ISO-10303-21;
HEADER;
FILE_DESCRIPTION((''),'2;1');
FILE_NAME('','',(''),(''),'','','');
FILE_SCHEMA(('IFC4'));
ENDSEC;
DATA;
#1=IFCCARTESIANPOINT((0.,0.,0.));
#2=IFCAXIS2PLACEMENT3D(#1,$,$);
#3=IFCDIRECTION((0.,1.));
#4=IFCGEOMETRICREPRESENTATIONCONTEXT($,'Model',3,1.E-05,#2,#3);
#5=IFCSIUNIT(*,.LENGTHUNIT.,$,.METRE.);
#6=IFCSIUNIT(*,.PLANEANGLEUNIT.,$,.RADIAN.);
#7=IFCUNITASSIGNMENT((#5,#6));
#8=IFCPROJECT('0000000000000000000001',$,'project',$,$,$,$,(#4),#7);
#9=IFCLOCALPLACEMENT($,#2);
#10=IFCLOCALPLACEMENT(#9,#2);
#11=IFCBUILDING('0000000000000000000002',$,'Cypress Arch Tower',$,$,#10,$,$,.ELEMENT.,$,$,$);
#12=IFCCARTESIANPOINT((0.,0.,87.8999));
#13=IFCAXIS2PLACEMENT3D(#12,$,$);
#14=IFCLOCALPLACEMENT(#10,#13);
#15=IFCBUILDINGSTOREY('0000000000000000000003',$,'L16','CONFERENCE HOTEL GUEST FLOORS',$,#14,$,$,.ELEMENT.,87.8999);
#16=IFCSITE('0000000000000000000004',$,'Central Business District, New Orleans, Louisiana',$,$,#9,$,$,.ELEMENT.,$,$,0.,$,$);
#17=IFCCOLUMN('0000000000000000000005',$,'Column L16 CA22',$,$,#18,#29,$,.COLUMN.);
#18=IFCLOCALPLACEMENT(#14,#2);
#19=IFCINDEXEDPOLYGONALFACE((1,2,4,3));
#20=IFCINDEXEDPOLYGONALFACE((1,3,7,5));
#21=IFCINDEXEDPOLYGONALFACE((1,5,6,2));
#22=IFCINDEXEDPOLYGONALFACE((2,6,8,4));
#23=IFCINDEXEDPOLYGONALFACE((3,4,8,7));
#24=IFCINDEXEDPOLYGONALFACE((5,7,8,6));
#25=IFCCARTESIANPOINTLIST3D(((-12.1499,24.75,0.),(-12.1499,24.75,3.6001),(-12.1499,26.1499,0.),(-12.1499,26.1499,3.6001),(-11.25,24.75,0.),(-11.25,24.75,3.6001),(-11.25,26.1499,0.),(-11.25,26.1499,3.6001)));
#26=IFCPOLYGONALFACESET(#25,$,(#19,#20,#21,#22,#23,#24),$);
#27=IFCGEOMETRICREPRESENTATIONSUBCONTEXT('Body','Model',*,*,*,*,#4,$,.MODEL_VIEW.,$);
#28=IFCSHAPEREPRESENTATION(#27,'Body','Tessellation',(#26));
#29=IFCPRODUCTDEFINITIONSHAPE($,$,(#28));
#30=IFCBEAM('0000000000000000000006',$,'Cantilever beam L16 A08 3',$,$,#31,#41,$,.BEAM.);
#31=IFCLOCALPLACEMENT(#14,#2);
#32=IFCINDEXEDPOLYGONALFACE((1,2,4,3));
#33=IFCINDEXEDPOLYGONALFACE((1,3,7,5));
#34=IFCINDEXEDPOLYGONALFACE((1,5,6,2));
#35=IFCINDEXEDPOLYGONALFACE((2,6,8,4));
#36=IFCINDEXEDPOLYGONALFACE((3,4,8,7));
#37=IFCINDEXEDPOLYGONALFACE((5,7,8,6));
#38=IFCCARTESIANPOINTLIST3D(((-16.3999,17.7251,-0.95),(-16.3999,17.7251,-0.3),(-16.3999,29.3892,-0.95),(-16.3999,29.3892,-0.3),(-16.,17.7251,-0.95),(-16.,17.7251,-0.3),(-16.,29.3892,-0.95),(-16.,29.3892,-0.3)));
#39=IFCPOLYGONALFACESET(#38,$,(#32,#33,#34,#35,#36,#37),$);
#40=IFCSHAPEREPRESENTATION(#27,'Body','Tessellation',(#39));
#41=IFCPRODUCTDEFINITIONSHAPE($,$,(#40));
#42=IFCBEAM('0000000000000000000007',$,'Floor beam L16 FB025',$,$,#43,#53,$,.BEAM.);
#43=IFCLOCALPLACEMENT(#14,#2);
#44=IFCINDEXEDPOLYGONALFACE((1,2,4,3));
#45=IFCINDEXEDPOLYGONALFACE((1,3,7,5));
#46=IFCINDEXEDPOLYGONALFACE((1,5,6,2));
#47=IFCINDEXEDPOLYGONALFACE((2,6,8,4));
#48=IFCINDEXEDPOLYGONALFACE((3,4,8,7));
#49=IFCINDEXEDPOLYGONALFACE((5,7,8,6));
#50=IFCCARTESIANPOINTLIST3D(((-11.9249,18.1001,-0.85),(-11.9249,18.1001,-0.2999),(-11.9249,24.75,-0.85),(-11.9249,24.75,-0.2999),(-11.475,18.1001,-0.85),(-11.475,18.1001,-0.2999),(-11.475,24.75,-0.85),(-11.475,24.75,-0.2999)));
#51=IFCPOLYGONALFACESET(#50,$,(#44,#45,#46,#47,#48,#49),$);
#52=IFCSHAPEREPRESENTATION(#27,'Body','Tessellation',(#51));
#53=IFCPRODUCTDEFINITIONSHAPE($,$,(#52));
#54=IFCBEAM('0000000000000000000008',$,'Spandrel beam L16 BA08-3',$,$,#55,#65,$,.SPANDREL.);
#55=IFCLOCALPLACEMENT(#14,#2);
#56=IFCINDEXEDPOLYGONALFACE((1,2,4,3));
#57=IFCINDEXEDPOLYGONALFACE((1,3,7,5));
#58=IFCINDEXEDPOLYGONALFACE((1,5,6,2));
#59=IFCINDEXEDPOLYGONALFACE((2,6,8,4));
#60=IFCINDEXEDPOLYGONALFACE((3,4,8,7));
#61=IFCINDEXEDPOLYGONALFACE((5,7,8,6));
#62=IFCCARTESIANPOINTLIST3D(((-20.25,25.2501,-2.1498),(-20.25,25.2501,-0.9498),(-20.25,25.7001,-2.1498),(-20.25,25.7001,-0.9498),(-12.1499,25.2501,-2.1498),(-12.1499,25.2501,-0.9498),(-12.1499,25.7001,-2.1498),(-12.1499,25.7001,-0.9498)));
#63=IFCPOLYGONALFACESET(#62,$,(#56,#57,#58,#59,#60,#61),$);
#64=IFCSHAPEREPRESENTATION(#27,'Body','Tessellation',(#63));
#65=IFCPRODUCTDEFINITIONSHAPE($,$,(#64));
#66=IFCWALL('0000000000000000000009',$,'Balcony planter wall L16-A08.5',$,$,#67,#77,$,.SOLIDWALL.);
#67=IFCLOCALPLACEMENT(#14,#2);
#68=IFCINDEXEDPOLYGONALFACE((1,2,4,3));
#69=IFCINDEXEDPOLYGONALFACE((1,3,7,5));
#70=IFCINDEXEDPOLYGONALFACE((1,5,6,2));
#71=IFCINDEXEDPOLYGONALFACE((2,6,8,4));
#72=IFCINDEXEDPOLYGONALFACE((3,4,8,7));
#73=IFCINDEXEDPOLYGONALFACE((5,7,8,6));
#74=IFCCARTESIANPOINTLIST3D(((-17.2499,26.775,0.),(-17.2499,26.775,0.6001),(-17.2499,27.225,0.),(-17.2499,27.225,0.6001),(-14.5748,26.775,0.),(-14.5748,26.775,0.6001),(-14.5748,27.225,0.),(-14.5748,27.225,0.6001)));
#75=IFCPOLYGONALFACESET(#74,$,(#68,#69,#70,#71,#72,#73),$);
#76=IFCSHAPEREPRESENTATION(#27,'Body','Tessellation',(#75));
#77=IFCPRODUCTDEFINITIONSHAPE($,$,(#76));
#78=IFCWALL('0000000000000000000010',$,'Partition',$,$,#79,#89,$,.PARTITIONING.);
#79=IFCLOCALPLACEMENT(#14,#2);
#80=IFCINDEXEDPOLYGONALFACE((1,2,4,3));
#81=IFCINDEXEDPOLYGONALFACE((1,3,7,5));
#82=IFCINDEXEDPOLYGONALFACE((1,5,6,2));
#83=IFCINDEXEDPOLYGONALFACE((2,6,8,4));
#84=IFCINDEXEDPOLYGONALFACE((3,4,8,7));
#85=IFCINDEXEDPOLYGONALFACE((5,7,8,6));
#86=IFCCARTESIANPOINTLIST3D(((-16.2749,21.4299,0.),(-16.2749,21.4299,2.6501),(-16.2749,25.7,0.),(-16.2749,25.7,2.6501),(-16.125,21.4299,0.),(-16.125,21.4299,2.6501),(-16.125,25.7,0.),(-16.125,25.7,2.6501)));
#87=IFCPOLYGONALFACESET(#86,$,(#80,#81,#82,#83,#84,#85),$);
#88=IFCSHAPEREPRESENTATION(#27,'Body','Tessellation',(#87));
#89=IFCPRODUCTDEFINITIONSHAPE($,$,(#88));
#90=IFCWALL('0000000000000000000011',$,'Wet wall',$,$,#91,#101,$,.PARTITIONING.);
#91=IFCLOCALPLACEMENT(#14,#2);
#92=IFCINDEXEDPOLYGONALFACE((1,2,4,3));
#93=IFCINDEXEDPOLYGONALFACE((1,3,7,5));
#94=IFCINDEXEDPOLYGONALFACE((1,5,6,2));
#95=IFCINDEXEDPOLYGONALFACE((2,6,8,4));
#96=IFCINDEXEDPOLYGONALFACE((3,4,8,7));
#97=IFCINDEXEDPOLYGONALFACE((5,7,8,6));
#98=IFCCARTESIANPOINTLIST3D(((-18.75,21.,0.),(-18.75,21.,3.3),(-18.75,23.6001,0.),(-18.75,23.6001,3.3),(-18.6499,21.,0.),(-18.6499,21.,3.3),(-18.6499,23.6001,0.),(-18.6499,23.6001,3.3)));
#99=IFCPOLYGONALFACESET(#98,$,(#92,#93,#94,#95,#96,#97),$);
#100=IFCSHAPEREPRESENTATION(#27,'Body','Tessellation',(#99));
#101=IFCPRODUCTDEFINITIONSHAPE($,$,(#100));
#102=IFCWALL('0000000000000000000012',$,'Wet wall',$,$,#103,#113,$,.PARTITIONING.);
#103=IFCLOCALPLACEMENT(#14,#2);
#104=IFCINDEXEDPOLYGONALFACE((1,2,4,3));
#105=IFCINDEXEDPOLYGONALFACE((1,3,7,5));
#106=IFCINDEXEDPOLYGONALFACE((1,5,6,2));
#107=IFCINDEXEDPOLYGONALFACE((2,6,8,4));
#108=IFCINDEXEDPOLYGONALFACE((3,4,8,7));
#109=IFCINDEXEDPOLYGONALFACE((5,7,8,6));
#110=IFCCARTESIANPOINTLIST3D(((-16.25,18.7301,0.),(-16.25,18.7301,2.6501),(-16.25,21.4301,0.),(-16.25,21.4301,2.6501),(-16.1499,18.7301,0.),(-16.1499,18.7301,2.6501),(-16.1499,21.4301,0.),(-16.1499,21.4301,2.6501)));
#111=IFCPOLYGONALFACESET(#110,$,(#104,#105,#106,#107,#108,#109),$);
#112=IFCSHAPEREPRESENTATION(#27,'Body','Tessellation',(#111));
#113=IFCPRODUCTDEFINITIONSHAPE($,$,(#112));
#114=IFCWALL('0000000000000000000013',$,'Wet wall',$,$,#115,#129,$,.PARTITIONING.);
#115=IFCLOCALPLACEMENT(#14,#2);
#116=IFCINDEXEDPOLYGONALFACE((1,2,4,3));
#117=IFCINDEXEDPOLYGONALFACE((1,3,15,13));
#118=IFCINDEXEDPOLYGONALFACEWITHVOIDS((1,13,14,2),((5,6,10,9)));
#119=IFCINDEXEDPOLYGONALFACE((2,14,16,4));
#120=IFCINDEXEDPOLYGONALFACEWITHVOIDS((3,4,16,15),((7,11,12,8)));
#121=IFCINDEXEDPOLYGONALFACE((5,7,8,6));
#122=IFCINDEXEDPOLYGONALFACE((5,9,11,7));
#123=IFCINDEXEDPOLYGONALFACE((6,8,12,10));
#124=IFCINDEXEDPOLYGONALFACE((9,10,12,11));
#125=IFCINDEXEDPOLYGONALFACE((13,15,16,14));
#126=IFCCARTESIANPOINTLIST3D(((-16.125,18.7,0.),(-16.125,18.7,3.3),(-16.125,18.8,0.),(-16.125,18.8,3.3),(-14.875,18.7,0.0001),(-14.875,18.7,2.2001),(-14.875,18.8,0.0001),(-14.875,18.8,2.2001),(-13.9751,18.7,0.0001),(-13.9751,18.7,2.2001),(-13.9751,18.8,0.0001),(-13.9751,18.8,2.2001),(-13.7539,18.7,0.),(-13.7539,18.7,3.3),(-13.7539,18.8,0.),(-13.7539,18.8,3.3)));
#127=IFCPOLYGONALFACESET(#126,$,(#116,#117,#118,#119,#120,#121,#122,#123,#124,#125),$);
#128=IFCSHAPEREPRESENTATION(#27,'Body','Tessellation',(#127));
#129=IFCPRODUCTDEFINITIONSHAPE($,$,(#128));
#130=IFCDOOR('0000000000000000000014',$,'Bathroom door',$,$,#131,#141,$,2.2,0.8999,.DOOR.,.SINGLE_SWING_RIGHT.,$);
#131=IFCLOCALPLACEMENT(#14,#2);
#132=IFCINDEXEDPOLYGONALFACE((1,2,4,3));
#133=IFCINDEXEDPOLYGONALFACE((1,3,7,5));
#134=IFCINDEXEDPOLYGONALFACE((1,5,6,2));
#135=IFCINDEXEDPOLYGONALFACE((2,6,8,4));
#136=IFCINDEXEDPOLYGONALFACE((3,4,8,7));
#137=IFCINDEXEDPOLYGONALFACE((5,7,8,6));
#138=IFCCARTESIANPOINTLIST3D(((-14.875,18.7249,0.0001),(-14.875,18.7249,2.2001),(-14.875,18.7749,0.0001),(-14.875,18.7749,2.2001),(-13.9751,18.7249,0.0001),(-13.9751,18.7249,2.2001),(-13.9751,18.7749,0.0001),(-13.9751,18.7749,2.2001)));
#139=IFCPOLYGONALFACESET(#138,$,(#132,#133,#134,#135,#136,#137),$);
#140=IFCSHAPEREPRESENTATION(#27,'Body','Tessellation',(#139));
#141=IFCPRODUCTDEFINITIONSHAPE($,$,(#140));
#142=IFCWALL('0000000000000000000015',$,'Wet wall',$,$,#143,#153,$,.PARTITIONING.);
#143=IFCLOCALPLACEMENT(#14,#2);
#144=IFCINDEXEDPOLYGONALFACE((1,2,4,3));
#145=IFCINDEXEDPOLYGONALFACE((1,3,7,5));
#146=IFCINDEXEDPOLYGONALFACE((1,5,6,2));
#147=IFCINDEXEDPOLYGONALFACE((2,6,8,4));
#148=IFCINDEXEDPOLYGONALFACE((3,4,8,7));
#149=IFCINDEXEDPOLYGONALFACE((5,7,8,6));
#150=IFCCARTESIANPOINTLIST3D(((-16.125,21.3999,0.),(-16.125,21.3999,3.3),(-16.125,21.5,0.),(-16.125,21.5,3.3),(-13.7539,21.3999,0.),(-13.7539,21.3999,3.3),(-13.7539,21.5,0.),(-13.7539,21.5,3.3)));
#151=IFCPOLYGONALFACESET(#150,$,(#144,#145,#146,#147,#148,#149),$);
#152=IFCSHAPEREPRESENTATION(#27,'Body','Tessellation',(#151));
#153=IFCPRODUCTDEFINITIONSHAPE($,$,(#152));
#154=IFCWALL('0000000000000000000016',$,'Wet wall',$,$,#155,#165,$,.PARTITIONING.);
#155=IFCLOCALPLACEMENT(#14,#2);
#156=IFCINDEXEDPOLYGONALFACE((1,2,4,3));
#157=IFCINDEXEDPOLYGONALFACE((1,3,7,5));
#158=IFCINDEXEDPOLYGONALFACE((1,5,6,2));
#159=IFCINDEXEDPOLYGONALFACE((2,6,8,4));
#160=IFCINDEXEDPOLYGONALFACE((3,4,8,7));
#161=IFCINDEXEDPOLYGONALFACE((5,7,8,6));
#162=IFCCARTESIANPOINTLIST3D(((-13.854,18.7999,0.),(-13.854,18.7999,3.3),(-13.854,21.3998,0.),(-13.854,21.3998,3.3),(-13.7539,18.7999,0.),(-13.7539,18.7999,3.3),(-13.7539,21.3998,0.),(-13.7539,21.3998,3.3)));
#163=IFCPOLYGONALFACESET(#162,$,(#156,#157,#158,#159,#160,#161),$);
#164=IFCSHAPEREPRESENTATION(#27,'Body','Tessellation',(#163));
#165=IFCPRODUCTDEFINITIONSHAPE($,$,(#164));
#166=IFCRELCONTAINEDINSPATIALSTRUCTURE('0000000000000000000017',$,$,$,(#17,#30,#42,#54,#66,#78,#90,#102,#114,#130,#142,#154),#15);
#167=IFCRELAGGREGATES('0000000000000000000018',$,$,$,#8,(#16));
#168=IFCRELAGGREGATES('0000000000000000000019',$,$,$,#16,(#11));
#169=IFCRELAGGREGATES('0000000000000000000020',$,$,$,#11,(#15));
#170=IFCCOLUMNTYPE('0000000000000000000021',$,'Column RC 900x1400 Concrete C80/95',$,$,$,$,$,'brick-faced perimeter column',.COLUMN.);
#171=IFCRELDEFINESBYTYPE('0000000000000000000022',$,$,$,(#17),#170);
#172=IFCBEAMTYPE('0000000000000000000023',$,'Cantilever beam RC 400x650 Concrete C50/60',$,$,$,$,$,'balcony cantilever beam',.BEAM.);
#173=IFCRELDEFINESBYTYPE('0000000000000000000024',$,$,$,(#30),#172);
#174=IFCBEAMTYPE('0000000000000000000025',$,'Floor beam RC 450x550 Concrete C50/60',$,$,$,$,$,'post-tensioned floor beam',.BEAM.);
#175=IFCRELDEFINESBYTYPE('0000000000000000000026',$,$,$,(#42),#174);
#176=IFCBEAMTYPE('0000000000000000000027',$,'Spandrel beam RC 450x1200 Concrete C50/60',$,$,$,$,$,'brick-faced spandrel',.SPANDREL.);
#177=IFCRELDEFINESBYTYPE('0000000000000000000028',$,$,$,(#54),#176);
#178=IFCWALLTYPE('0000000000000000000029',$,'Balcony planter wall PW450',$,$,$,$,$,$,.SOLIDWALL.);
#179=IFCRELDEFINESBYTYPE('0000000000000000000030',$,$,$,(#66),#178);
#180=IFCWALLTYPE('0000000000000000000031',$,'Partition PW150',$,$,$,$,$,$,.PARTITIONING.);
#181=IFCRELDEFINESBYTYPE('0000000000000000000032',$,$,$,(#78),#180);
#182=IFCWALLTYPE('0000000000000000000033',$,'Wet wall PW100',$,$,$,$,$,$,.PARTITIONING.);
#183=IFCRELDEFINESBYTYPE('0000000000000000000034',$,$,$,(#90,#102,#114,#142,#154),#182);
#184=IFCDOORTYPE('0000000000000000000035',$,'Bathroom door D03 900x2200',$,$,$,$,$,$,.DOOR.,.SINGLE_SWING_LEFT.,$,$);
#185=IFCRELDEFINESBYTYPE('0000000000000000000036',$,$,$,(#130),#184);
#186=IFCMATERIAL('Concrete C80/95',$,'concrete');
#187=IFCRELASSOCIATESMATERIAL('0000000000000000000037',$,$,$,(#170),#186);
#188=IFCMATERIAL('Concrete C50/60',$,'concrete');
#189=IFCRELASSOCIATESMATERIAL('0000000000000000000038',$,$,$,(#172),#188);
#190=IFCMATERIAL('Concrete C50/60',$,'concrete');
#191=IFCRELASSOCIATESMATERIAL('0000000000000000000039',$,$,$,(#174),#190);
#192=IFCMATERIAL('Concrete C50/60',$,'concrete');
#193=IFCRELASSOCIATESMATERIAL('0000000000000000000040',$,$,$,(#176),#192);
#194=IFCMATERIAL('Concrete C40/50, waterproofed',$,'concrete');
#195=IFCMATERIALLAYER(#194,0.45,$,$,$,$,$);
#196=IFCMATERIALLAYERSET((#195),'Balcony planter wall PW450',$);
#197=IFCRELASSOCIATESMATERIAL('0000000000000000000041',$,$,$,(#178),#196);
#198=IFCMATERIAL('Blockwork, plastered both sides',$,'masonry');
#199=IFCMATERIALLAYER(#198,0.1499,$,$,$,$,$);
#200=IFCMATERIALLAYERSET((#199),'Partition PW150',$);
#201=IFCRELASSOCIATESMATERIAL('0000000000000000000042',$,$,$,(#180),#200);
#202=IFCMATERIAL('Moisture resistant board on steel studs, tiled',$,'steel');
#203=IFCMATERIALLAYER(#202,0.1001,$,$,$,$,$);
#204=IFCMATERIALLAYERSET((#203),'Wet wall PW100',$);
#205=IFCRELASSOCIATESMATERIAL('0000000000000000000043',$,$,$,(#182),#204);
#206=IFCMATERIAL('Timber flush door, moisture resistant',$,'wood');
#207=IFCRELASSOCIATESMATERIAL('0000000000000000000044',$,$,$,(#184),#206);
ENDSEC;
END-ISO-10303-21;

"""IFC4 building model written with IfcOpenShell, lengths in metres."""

from ifc_helpers import new_model, si_unit, direction, frame, frame_2d, origin, origin_2d, place, context, subcontext, project, spatial, rectangle, extrude, material, layer, layer_set, material_profile, profile_set, type_object, element, fill, save


model = new_model("IFC4")

# Units and contexts
model_context = context("Model", 3, precision=1e-05, world=origin(), true_north=direction((0.0, 1.0)))
body_context = subcontext(model_context, "Body", "Model", "MODEL_VIEW")
ifc_project = project(units=[si_unit("LENGTHUNIT", "METRE"), si_unit("PLANEANGLEUNIT", "RADIAN")], contexts=[model_context])

# Site, building, storey
site_placement = place(None, origin())
site = spatial("IfcSite", under=ifc_project, at=site_placement, Name="Central Business District, New Orleans, Louisiana", CompositionType="ELEMENT", RefElevation=0.0)
building_placement = place(site_placement, origin())
building = spatial("IfcBuilding", under=site, at=building_placement, Name="Cypress Arch Tower", CompositionType="ELEMENT")
storey_placement = place(building_placement, frame((0.0, 0.0, 87.8999)))
storey = spatial("IfcBuildingStorey", under=building, at=storey_placement, Name="L16", Description="CONFERENCE HOTEL GUEST FLOORS", CompositionType="ELEMENT", Elevation=87.8999)

# Column
ifc_material_1 = material(Name="Concrete C80/95", Category="concrete")
ifc_material_profile_1 = material_profile(ifc_material_1, rectangle(XDim=0.8999, YDim=1.3999, at=origin_2d()), Name="RC 900x1400")
ifc_profile_set_1 = profile_set([ifc_material_profile_1], Name="Concrete C80/95")
column_type = type_object("IfcColumnType", Name="Column RC 900x1400 Concrete C80/95", ElementType="brick-faced perimeter column", PredefinedType="COLUMN", material=ifc_profile_set_1)
column_placement = place(storey_placement, frame((-11.7, 25.45, 0.0), z_axis=(0.0, 0.0, 1.0), x_axis=(-1.0, 0.0, 0.0)))
element("IfcColumn", 1, at=column_placement, inside=storey, type_object=column_type, Name="Column L16 CA22", PredefinedType="COLUMN", context=body_context, shape_type="SweptSolid", body=[
    extrude(rectangle(XDim=0.8999, YDim=1.3999, at=origin_2d()), origin(), (0.0, 0.0, 1.0), 3.6001),
])

# Beams
ifc_material_2 = material(Name="Concrete C50/60", Category="concrete")
ifc_material_profile_2 = material_profile(ifc_material_2, rectangle(XDim=0.3999, YDim=0.6499, at=origin_2d()), Name="RC 400x650")
ifc_profile_set_2 = profile_set([ifc_material_profile_2], Name="Concrete C50/60")
beam_type_1 = type_object("IfcBeamType", Name="Cantilever beam RC 400x650 Concrete C50/60", ElementType="balcony cantilever beam", PredefinedType="BEAM", material=ifc_profile_set_2)
beam_1_placement = place(storey_placement, frame((-16.2, 17.7251, -0.625), z_axis=(0.0, 1.0, 0.0), x_axis=(-1.0, 0.0, 0.0)))
element("IfcBeam", 2, at=beam_1_placement, inside=storey, type_object=beam_type_1, Name="Cantilever beam L16 A08 3", PredefinedType="BEAM", context=body_context, shape_type="SweptSolid", body=[
    extrude(rectangle(XDim=0.3999, YDim=0.6499, at=origin_2d()), origin(), (0.0, 0.0, 1.0), 11.6641),
])
ifc_material_3 = material(Name="Concrete C50/60", Category="concrete")
ifc_material_profile_3 = material_profile(ifc_material_3, rectangle(XDim=0.45, YDim=0.55, at=origin_2d()), Name="RC 450x550")
ifc_profile_set_3 = profile_set([ifc_material_profile_3], Name="Concrete C50/60")
beam_type_2 = type_object("IfcBeamType", Name="Floor beam RC 450x550 Concrete C50/60", ElementType="post-tensioned floor beam", PredefinedType="BEAM", material=ifc_profile_set_3)
beam_2_placement = place(storey_placement, frame((-11.7, 18.1001, -0.575), z_axis=(0.0, 1.0, 0.0), x_axis=(-1.0, 0.0, 0.0)))
element("IfcBeam", 3, at=beam_2_placement, inside=storey, type_object=beam_type_2, Name="Floor beam L16 FB025", PredefinedType="BEAM", context=body_context, shape_type="SweptSolid", body=[
    extrude(rectangle(XDim=0.45, YDim=0.55, at=origin_2d()), origin(), (0.0, 0.0, 1.0), 6.6499),
])
ifc_material_4 = material(Name="Concrete C50/60", Category="concrete")
ifc_material_profile_4 = material_profile(ifc_material_4, rectangle(XDim=0.45, YDim=1.2, at=origin_2d()), Name="RC 450x1200")
ifc_profile_set_4 = profile_set([ifc_material_profile_4], Name="Concrete C50/60")
beam_type_3 = type_object("IfcBeamType", Name="Spandrel beam RC 450x1200 Concrete C50/60", ElementType="brick-faced spandrel", PredefinedType="SPANDREL", material=ifc_profile_set_4)
beam_3_placement = place(storey_placement, frame((-12.1499, 25.4751, -1.5498), z_axis=(-1.0, 0.0, 0.0), x_axis=(0.0, -1.0, 0.0)))
element("IfcBeam", 4, at=beam_3_placement, inside=storey, type_object=beam_type_3, Name="Spandrel beam L16 BA08-3", PredefinedType="SPANDREL", context=body_context, shape_type="SweptSolid", body=[
    extrude(rectangle(XDim=0.45, YDim=1.2, at=origin_2d()), origin(), (0.0, 0.0, 1.0), 8.1001),
])

# Wall
ifc_material_5 = material(Name="Concrete C40/50, waterproofed", Category="concrete")
ifc_layer_1 = layer(ifc_material_5, 0.45)
ifc_layer_set_1 = layer_set([ifc_layer_1], Name="Balcony planter wall PW450")
wall_type_1 = type_object("IfcWallType", Name="Balcony planter wall PW450", PredefinedType="SOLIDWALL", material=ifc_layer_set_1)
wall_1_placement = place(storey_placement, frame((-14.575, 27.0, 0.0), z_axis=(0.0, 0.0, 1.0), x_axis=(-1.0, 0.0, 0.0)))
element("IfcWall", 5, at=wall_1_placement, inside=storey, type_object=wall_type_1, Name="Balcony planter wall L16-A08.5", PredefinedType="SOLIDWALL", context=body_context, shape_type="SweptSolid", body=[
    extrude(rectangle(XDim=2.675, YDim=0.45, at=frame_2d((1.3374, 0.0))), origin(), (0.0, 0.0, 1.0), 0.6001),
])

# Walls
ifc_material_6 = material(Name="Blockwork, plastered both sides", Category="masonry")
ifc_layer_2 = layer(ifc_material_6, 0.1499)
ifc_layer_set_2 = layer_set([ifc_layer_2], Name="Partition PW150")
wall_type_2 = type_object("IfcWallType", Name="Partition PW150", PredefinedType="PARTITIONING", material=ifc_layer_set_2)
wall_2_placement = place(storey_placement, frame((-16.2, 21.4299, 0.0), z_axis=(0.0, 0.0, 1.0), x_axis=(0.0, 1.0, 0.0)))
element("IfcWall", 6, at=wall_2_placement, inside=storey, type_object=wall_type_2, Name="Partition", PredefinedType="PARTITIONING", context=body_context, shape_type="SweptSolid", body=[
    extrude(rectangle(XDim=4.27, YDim=0.1499, at=frame_2d((2.135, 0.0))), origin(), (0.0, 0.0, 1.0), 2.6501),
])
ifc_material_7 = material(Name="Moisture resistant board on steel studs, tiled", Category="steel")
ifc_layer_3 = layer(ifc_material_7, 0.1001)
ifc_layer_set_3 = layer_set([ifc_layer_3], Name="Wet wall PW100")
wall_type_3 = type_object("IfcWallType", Name="Wet wall PW100", PredefinedType="PARTITIONING", material=ifc_layer_set_3)
wall_3_placement = place(storey_placement, frame((-18.7, 21.0, 0.0), z_axis=(0.0, 0.0, 1.0), x_axis=(0.0, 1.0, 0.0)))
element("IfcWall", 7, at=wall_3_placement, inside=storey, type_object=wall_type_3, Name="Wet wall", PredefinedType="PARTITIONING", context=body_context, shape_type="SweptSolid", body=[
    extrude(rectangle(XDim=2.6001, YDim=0.1001, at=frame_2d((1.3, 0.0))), origin(), (0.0, 0.0, 1.0), 3.3),
])
wall_4_placement = place(storey_placement, frame((-16.2, 18.73, 0.0), z_axis=(0.0, 0.0, 1.0), x_axis=(0.0, 1.0, 0.0)))
element("IfcWall", 8, at=wall_4_placement, inside=storey, type_object=wall_type_3, Name="Wet wall", PredefinedType="PARTITIONING", context=body_context, shape_type="SweptSolid", body=[
    extrude(rectangle(XDim=2.7, YDim=0.1001, at=frame_2d((1.3501, 0.0))), origin(), (0.0, 0.0, 1.0), 2.6501),
])

# Wall, opening, door
wall_5_placement = place(storey_placement, frame((-16.125, 18.75, 0.0), z_axis=(0.0, 0.0, 1.0), x_axis=(1.0, 0.0, 0.0)))
wall_5 = element("IfcWall", 9, at=wall_5_placement, inside=storey, type_object=wall_type_3, Name="Wet wall", PredefinedType="PARTITIONING", context=body_context, shape_type="SweptSolid", body=[
    extrude(rectangle(XDim=2.3711, YDim=0.1001, at=frame_2d((1.1855, 0.0))), origin(), (0.0, 0.0, 1.0), 3.3),
])
opening_1_placement = place(wall_5_placement, frame((1.25, 0.0, 0.0)))
opening_1 = element("IfcOpeningElement", 10, at=opening_1_placement, cuts=wall_5, PredefinedType="OPENING", context=body_context, shape_type="SweptSolid", body=[
    extrude(rectangle(XDim=0.8999, YDim=2.2, at=frame_2d((0.45, 1.1001))), frame((0.0, 0.0601, 0.0), z_axis=(0.0, -1.0, 0.0), x_axis=(1.0, 0.0, 0.0)), (0.0, 0.0, 1.0), 0.1201),
])
ifc_material_8 = material(Name="Timber flush door, moisture resistant", Category="wood")
door_type_1 = type_object("IfcDoorType", Name="Bathroom door D03 900x2200", OperationType="SINGLE_SWING_LEFT", PredefinedType="DOOR", material=ifc_material_8)
door_1_placement = place(opening_1_placement, origin())
door_1 = element("IfcDoor", 11, at=door_1_placement, inside=storey, type_object=door_type_1, Name="Bathroom door", OperationType="SINGLE_SWING_RIGHT", OverallHeight=2.2, OverallWidth=0.8999, PredefinedType="DOOR", context=body_context, shape_type="SweptSolid", body=[
    extrude(rectangle(XDim=0.8999, YDim=2.2, at=frame_2d((0.45, 1.1001))), frame((0.0, 0.0249, 0.0), z_axis=(0.0, -1.0, 0.0), x_axis=(1.0, 0.0, 0.0)), (0.0, 0.0, 1.0), 0.05),
])
fill(opening_1, door_1)

# Walls
wall_6_placement = place(storey_placement, frame((-16.125, 21.45, 0.0), z_axis=(0.0, 0.0, 1.0), x_axis=(1.0, 0.0, 0.0)))
element("IfcWall", 12, at=wall_6_placement, inside=storey, type_object=wall_type_3, Name="Wet wall", PredefinedType="PARTITIONING", context=body_context, shape_type="SweptSolid", body=[
    extrude(rectangle(XDim=2.3711, YDim=0.1001, at=frame_2d((1.1855, 0.0))), origin(), (0.0, 0.0, 1.0), 3.3),
])
wall_7_placement = place(storey_placement, frame((-13.804, 18.8, 0.0), z_axis=(0.0, 0.0, 1.0), x_axis=(0.0, 1.0, 0.0)))
element("IfcWall", 13, at=wall_7_placement, inside=storey, type_object=wall_type_3, Name="Wet wall", PredefinedType="PARTITIONING", context=body_context, shape_type="SweptSolid", body=[
    extrude(rectangle(XDim=2.5999, YDim=0.1001, at=frame_2d((1.2998, 0.0))), origin(), (0.0, 0.0, 1.0), 3.3),
])

save(model, "model.ifc")
